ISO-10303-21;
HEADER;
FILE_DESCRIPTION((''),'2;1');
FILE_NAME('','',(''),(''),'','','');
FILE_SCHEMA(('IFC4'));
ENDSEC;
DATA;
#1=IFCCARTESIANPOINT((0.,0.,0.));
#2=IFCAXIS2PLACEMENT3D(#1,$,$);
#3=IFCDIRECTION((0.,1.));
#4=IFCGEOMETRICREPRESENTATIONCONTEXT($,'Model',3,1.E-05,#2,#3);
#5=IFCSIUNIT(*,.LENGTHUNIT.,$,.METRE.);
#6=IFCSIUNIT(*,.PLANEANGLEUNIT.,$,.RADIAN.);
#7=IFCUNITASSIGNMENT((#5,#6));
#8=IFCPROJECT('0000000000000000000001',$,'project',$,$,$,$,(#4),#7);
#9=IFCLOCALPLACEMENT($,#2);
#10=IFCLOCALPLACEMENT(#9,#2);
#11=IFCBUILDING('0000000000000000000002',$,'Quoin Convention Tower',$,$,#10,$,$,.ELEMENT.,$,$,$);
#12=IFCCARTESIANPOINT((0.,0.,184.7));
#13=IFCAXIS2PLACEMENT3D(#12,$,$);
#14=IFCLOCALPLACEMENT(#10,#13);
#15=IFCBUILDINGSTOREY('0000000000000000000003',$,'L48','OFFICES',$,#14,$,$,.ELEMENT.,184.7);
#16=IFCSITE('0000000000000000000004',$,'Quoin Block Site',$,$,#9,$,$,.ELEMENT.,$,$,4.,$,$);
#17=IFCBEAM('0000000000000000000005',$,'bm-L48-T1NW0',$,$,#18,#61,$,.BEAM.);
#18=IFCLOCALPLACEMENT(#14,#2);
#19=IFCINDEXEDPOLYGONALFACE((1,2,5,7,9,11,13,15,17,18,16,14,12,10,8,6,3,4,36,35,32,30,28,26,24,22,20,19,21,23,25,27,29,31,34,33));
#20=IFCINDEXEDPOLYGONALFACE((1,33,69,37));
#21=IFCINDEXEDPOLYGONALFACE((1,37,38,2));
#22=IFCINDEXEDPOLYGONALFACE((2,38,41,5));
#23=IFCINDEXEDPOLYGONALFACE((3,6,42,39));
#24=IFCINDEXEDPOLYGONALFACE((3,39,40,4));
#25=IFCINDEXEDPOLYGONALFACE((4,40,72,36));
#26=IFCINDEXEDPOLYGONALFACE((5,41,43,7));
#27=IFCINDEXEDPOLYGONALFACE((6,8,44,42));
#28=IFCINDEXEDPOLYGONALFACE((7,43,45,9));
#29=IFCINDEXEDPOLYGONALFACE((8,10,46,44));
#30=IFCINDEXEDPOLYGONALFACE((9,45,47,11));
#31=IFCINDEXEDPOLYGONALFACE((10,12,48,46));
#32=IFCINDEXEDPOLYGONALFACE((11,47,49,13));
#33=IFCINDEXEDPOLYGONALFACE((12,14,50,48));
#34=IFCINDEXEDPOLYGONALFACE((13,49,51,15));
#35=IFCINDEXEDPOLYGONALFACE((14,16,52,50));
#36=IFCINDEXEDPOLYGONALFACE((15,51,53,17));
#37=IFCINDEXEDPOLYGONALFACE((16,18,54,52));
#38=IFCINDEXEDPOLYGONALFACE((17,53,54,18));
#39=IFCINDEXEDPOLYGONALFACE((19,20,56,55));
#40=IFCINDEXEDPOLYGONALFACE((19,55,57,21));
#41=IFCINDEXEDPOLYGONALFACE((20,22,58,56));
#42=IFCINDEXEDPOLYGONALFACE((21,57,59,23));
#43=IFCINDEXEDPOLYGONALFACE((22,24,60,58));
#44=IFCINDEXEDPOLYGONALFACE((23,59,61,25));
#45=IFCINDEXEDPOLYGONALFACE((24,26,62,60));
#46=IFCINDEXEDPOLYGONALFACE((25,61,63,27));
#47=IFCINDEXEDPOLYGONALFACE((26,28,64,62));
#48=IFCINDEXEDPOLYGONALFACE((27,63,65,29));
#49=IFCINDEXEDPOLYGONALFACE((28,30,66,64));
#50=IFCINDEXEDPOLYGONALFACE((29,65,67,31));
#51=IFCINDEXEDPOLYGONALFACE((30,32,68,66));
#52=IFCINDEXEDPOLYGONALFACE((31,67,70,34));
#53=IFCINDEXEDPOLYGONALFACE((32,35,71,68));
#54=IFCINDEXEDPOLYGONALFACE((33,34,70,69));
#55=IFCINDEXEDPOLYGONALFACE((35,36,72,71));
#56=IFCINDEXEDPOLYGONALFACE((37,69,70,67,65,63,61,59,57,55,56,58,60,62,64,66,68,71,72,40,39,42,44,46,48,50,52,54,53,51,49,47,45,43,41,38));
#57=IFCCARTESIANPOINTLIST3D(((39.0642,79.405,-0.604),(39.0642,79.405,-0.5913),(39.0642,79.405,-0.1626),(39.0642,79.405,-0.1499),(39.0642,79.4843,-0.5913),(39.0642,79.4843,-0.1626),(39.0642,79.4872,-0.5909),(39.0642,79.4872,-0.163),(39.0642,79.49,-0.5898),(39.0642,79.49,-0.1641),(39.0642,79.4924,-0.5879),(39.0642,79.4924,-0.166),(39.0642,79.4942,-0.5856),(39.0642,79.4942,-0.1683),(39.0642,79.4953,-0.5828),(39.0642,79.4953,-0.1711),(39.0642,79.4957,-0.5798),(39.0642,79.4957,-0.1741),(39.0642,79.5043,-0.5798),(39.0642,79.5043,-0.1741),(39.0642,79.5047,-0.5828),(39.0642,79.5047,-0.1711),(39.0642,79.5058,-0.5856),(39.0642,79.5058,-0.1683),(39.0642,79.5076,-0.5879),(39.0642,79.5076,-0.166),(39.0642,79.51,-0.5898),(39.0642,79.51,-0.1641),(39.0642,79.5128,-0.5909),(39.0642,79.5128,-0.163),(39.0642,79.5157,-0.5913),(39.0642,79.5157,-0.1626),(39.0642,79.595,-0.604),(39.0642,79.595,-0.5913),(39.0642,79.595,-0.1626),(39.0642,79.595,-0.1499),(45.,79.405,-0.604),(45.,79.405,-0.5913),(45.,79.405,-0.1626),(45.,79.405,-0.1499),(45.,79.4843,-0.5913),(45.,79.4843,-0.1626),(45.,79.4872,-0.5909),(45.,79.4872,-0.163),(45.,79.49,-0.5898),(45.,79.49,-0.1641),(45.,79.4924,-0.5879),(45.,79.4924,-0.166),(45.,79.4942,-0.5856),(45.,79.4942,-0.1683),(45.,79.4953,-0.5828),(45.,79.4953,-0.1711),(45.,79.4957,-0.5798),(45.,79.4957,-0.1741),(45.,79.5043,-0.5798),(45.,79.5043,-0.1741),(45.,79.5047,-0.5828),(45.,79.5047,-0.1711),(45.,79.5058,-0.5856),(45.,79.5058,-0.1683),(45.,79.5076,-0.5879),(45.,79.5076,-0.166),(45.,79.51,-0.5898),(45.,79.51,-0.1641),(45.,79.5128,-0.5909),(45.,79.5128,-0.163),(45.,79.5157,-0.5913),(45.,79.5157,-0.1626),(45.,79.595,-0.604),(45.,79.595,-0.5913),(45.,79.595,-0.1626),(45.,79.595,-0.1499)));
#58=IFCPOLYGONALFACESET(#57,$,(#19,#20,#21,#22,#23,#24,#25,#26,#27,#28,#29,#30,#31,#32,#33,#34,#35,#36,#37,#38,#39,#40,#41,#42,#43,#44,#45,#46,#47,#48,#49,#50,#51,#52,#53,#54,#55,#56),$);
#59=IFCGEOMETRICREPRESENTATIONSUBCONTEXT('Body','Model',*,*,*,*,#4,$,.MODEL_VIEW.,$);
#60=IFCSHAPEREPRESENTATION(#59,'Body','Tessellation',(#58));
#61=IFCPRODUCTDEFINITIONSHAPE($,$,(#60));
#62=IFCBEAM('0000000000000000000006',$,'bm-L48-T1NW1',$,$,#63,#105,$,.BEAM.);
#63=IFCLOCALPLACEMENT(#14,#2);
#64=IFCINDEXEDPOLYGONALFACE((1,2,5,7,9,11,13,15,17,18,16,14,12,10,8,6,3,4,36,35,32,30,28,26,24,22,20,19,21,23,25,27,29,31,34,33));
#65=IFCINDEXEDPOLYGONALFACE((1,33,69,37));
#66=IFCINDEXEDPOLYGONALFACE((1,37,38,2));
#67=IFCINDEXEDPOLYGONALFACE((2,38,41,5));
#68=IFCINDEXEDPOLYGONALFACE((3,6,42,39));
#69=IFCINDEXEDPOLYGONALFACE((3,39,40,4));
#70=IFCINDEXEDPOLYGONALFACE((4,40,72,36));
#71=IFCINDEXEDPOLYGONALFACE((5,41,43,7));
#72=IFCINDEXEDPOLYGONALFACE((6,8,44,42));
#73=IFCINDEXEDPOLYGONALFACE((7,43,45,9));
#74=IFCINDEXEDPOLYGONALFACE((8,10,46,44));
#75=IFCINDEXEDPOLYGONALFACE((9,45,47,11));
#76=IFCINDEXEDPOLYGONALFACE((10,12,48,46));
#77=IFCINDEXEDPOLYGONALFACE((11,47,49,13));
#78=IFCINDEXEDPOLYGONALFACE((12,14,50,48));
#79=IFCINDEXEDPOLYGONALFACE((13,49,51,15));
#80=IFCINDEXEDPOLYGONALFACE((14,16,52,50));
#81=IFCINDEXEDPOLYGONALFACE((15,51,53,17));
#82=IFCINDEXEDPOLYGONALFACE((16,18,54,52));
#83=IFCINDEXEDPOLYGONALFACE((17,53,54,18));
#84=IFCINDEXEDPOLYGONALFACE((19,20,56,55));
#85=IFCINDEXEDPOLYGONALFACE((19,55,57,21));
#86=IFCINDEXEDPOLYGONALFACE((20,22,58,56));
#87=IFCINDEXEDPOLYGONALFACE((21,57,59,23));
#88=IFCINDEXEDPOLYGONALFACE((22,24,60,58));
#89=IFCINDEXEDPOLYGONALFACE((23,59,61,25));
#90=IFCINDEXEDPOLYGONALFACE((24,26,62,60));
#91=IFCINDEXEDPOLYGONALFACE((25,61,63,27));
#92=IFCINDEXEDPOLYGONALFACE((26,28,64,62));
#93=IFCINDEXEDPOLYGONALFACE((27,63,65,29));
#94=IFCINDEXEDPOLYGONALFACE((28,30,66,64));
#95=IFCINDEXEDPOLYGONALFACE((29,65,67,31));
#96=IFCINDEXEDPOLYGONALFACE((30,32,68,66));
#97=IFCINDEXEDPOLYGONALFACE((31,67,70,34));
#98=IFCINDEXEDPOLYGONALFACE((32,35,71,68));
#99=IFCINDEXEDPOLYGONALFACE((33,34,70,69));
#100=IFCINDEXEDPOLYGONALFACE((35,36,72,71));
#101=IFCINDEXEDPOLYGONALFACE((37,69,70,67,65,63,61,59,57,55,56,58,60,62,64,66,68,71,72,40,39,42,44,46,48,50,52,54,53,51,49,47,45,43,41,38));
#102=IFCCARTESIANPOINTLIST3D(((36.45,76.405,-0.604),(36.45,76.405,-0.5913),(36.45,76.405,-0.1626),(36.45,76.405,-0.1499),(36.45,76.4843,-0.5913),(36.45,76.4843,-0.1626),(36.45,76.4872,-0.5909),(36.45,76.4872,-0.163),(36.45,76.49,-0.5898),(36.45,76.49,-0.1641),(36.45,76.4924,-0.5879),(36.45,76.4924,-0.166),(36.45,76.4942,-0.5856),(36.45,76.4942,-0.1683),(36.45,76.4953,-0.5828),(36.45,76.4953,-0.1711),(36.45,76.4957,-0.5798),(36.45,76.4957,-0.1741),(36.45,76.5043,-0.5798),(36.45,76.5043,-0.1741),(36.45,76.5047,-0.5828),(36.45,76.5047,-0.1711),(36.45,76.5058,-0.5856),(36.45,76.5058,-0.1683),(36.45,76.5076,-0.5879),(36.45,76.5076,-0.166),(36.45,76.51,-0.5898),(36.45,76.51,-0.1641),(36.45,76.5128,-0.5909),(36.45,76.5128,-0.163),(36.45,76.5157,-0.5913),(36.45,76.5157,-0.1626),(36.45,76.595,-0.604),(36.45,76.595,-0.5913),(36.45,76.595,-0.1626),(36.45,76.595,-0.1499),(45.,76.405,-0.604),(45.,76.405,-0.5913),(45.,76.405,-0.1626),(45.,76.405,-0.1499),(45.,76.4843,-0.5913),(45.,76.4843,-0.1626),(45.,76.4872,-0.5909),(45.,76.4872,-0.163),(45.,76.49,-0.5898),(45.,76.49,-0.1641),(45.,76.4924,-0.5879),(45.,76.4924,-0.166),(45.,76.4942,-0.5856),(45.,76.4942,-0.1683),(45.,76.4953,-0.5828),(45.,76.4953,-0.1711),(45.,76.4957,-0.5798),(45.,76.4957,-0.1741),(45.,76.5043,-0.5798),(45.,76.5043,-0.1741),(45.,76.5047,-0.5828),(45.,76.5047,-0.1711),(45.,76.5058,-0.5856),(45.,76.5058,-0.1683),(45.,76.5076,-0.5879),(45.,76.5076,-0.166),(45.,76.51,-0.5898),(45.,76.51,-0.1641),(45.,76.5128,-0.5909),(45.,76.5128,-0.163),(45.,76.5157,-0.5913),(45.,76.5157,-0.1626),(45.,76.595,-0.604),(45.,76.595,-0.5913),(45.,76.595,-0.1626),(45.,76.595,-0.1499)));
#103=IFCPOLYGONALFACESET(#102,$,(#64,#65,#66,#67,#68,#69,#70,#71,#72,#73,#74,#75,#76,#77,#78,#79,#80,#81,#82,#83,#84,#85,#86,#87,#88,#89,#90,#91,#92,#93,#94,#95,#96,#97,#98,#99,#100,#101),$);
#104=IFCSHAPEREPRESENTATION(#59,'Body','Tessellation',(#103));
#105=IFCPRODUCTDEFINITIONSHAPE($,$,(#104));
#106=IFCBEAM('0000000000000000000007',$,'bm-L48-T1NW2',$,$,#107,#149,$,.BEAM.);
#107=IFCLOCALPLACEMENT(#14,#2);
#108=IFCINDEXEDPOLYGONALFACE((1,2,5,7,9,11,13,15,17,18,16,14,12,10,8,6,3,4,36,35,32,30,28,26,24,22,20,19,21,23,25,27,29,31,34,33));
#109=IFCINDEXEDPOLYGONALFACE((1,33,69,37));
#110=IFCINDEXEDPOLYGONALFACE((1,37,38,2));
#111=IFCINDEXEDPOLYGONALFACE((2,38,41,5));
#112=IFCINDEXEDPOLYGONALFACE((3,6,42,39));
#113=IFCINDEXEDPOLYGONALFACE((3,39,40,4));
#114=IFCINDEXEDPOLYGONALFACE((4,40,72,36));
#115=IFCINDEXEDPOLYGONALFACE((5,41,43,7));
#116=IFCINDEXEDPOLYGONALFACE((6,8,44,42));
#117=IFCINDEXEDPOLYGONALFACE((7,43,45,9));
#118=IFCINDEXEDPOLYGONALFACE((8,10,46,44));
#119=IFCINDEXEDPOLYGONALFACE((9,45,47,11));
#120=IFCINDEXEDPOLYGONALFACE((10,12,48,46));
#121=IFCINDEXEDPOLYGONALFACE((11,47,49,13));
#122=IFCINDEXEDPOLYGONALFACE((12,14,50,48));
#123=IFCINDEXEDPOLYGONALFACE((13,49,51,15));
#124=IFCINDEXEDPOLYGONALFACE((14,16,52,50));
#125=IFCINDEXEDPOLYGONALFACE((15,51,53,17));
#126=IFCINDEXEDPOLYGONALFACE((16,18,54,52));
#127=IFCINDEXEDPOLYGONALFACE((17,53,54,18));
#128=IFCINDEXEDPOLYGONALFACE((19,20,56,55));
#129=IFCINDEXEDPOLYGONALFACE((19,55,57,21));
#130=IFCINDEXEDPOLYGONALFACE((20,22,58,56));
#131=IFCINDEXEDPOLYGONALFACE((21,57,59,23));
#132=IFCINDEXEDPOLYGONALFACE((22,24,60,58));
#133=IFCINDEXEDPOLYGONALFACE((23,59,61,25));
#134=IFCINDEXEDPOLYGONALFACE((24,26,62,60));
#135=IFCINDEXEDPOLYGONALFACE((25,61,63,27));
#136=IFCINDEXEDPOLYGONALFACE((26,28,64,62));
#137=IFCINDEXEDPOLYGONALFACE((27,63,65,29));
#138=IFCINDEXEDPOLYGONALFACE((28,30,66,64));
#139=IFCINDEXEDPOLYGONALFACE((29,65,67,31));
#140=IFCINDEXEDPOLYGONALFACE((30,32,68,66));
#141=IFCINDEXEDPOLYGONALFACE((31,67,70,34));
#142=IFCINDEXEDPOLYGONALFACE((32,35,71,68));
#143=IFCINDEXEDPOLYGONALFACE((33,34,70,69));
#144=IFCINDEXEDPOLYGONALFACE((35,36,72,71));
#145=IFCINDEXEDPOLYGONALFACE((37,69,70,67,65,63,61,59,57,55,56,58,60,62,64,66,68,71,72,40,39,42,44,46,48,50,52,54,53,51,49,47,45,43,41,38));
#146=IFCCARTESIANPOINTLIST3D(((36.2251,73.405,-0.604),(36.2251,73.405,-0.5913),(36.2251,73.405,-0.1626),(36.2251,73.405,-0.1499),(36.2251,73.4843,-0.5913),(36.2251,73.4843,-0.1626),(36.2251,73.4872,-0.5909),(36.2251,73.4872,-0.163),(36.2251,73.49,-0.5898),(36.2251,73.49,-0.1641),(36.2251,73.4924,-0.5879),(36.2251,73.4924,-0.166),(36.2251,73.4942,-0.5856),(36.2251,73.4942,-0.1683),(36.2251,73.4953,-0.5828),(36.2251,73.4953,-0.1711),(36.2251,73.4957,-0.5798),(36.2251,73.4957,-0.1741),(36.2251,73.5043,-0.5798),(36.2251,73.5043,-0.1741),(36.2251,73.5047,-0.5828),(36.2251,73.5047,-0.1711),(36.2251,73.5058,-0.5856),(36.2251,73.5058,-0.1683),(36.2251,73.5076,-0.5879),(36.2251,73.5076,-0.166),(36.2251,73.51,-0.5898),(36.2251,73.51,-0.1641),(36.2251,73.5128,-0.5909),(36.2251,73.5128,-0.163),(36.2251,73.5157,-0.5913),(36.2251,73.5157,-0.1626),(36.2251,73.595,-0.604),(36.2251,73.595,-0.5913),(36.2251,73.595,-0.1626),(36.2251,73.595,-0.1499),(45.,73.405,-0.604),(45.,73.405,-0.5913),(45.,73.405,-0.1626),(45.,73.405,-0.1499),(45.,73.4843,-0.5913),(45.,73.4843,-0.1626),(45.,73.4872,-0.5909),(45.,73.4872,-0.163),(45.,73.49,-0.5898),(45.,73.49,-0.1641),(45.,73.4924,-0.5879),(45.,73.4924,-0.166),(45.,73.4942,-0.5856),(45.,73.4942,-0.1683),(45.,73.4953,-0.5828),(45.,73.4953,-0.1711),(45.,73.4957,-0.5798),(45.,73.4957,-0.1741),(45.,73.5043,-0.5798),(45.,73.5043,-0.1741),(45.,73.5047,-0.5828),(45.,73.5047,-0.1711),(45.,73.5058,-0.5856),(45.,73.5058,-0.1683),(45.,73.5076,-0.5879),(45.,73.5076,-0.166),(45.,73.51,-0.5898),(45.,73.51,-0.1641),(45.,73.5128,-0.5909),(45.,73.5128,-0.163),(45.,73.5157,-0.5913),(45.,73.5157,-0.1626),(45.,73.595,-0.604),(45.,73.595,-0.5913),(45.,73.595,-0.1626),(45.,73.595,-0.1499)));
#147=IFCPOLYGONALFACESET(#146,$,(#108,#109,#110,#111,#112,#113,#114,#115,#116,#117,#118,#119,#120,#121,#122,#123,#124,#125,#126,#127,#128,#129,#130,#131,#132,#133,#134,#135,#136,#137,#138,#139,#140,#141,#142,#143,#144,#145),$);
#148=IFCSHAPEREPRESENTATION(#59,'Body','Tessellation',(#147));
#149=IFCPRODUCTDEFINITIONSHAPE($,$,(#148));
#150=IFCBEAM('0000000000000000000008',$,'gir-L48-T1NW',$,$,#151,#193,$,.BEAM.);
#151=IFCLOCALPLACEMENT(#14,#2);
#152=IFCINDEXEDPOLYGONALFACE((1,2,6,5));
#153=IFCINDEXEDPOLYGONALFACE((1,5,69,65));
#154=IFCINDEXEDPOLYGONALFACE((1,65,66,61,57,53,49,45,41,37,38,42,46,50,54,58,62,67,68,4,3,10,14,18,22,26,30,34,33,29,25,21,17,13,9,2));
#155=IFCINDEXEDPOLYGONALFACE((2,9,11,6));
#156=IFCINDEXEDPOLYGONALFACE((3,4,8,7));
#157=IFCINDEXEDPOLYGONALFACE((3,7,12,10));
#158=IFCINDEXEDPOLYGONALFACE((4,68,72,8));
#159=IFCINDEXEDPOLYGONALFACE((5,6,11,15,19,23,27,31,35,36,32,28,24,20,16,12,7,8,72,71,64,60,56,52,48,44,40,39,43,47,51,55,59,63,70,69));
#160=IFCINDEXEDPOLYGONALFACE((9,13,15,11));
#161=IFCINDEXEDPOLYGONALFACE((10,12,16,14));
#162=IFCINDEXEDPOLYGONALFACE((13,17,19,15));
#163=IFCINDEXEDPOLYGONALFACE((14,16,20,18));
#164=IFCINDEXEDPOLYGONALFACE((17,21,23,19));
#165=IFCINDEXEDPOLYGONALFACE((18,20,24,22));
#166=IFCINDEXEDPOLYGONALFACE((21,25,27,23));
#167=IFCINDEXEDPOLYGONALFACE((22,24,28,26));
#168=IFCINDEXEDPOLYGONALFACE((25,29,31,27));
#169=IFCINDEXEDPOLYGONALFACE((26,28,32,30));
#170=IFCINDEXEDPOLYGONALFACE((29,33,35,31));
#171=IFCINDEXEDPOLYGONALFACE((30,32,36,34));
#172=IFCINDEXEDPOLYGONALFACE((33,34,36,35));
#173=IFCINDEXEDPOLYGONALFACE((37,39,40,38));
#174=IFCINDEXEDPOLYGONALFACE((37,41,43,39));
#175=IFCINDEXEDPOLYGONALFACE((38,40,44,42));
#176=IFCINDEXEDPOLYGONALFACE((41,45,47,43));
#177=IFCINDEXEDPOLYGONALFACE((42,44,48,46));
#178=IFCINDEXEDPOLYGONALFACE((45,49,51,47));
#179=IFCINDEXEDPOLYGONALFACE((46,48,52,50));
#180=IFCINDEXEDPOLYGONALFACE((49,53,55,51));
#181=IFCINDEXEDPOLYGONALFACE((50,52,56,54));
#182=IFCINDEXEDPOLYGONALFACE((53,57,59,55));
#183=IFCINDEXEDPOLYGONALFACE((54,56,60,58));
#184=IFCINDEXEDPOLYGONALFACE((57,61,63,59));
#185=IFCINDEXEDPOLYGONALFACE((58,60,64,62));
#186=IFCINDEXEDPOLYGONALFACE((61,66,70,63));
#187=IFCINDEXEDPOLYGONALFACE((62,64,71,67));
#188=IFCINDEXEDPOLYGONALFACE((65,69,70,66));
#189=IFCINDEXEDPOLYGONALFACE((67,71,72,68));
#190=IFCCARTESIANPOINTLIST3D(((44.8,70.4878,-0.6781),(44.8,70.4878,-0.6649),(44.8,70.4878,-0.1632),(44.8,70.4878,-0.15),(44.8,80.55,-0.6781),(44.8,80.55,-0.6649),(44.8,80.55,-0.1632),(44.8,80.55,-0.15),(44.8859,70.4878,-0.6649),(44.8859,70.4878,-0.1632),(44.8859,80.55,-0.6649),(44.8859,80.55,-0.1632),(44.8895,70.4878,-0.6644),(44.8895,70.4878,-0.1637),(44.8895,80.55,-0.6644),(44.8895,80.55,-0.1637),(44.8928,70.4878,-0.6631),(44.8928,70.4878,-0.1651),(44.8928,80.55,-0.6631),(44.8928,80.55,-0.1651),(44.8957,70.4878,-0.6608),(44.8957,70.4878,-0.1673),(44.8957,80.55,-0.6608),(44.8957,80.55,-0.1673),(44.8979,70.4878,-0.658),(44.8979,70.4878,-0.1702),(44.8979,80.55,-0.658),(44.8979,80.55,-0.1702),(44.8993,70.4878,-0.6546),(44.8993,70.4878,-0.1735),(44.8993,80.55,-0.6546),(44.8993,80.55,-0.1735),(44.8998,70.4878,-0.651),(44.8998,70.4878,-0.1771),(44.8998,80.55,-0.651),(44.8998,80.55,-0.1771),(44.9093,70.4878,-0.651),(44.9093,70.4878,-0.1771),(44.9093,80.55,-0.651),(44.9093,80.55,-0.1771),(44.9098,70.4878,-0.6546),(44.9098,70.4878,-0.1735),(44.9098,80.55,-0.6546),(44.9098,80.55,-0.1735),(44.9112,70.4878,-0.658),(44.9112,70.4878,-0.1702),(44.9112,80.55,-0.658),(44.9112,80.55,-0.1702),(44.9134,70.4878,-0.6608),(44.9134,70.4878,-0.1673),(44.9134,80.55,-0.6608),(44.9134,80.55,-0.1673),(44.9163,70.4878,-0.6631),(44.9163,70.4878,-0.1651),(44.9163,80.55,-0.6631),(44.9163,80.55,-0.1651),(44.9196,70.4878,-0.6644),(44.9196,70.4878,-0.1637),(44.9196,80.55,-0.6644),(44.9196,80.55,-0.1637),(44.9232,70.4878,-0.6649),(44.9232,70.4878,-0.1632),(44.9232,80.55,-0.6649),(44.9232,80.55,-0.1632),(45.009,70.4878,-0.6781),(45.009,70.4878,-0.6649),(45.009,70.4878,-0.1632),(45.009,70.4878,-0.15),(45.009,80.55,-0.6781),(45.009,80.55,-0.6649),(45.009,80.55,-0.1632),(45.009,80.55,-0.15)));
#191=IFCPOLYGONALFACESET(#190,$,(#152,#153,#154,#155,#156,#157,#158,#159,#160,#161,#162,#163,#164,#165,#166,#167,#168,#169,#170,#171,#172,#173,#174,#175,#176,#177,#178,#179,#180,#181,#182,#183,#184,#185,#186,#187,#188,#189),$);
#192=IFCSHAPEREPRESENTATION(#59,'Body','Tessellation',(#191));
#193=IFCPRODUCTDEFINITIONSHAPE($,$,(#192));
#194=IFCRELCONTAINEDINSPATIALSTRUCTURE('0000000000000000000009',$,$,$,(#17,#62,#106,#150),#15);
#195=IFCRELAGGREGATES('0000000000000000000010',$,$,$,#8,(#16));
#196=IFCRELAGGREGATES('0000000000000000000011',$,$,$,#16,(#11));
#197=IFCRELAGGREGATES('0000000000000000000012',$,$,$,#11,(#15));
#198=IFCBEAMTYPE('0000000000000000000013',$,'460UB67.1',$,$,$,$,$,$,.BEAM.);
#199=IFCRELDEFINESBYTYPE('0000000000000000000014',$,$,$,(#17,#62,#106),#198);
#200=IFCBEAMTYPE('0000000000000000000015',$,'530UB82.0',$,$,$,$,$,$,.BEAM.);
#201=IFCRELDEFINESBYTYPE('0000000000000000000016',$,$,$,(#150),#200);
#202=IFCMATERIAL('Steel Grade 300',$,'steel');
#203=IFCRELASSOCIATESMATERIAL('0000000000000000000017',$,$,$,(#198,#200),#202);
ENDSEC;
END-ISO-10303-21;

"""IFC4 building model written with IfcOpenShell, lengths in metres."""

from ifc_helpers import new_model, si_unit, direction, frame, origin, origin_2d, place, context, subcontext, project, spatial, i_section, extrude, material, material_profile, profile_set, type_object, element, save


model = new_model("IFC4")

# Units and contexts
model_context = context("Model", 3, precision=1e-05, world=origin(), true_north=direction((0.0, 1.0)))
body_context = subcontext(model_context, "Body", "Model", "MODEL_VIEW")
ifc_project = project(units=[si_unit("LENGTHUNIT", "METRE"), si_unit("PLANEANGLEUNIT", "RADIAN")], contexts=[model_context])

# Site, building, storey
site_placement = place(None, origin())
site = spatial("IfcSite", under=ifc_project, at=site_placement, Name="Quoin Block Site", CompositionType="ELEMENT", RefElevation=4.0)
building_placement = place(site_placement, origin())
building = spatial("IfcBuilding", under=site, at=building_placement, Name="Quoin Convention Tower", CompositionType="ELEMENT")
storey_placement = place(building_placement, frame((0.0, 0.0, 184.7)))
storey = spatial("IfcBuildingStorey", under=building, at=storey_placement, Name="L48", Description="OFFICES", CompositionType="ELEMENT", Elevation=184.7)

# Beams
ifc_material_1 = material(Name="Steel Grade 300", Category="steel")
ifc_material_profile_1 = material_profile(ifc_material_1, i_section(OverallWidth=0.1899, OverallDepth=0.4541, WebThickness=0.0085, FlangeThickness=0.0127, FilletRadius=0.0115, at=origin_2d()), Name="460UB67.1")
ifc_profile_set_1 = profile_set([ifc_material_profile_1], Name="Steel Grade 300")
beam_type_1 = type_object("IfcBeamType", Name="460UB67.1", PredefinedType="BEAM", material=ifc_profile_set_1)
beam_1_placement = place(storey_placement, frame((39.0642, 79.5, -0.377), z_axis=(1.0, 0.0, 0.0), x_axis=(0.0, 1.0, 0.0)))
element("IfcBeam", 1, at=beam_1_placement, inside=storey, type_object=beam_type_1, Name="bm-L48-T1NW0", PredefinedType="BEAM", context=body_context, shape_type="SweptSolid", body=[
    extrude(i_section(OverallWidth=0.1899, OverallDepth=0.4541, WebThickness=0.0085, FlangeThickness=0.0127, FilletRadius=0.0115, at=origin_2d()), origin(), (0.0, 0.0, 1.0), 5.9358),
])
beam_2_placement = place(storey_placement, frame((36.45, 76.5, -0.377), z_axis=(1.0, 0.0, 0.0), x_axis=(0.0, 1.0, 0.0)))
element("IfcBeam", 2, at=beam_2_placement, inside=storey, type_object=beam_type_1, Name="bm-L48-T1NW1", PredefinedType="BEAM", context=body_context, shape_type="SweptSolid", body=[
    extrude(i_section(OverallWidth=0.1899, OverallDepth=0.4541, WebThickness=0.0085, FlangeThickness=0.0127, FilletRadius=0.0115, at=origin_2d()), origin(), (0.0, 0.0, 1.0), 8.55),
])
beam_3_placement = place(storey_placement, frame((36.2251, 73.5, -0.377), z_axis=(1.0, 0.0, 0.0), x_axis=(0.0, 1.0, 0.0)))
element("IfcBeam", 3, at=beam_3_placement, inside=storey, type_object=beam_type_1, Name="bm-L48-T1NW2", PredefinedType="BEAM", context=body_context, shape_type="SweptSolid", body=[
    extrude(i_section(OverallWidth=0.1899, OverallDepth=0.4541, WebThickness=0.0085, FlangeThickness=0.0127, FilletRadius=0.0115, at=origin_2d()), origin(), (0.0, 0.0, 1.0), 8.7749),
])
ifc_material_profile_2 = material_profile(ifc_material_1, i_section(OverallWidth=0.209, OverallDepth=0.5281, WebThickness=0.0095, FlangeThickness=0.0132, FilletRadius=0.0139, at=origin_2d()), Name="530UB82.0")
ifc_profile_set_2 = profile_set([ifc_material_profile_2], Name="Steel Grade 300")
beam_type_2 = type_object("IfcBeamType", Name="530UB82.0", PredefinedType="BEAM", material=ifc_profile_set_2)
beam_4_placement = place(storey_placement, frame((44.9045, 80.55, -0.4141), z_axis=(0.0, -1.0, 0.0), x_axis=(1.0, 0.0, 0.0)))
element("IfcBeam", 4, at=beam_4_placement, inside=storey, type_object=beam_type_2, Name="gir-L48-T1NW", PredefinedType="BEAM", context=body_context, shape_type="SweptSolid", body=[
    extrude(i_section(OverallWidth=0.209, OverallDepth=0.5281, WebThickness=0.0095, FlangeThickness=0.0132, FilletRadius=0.0139, at=origin_2d()), origin(), (0.0, 0.0, 1.0), 10.0623),
])

save(model, "model.ifc")
